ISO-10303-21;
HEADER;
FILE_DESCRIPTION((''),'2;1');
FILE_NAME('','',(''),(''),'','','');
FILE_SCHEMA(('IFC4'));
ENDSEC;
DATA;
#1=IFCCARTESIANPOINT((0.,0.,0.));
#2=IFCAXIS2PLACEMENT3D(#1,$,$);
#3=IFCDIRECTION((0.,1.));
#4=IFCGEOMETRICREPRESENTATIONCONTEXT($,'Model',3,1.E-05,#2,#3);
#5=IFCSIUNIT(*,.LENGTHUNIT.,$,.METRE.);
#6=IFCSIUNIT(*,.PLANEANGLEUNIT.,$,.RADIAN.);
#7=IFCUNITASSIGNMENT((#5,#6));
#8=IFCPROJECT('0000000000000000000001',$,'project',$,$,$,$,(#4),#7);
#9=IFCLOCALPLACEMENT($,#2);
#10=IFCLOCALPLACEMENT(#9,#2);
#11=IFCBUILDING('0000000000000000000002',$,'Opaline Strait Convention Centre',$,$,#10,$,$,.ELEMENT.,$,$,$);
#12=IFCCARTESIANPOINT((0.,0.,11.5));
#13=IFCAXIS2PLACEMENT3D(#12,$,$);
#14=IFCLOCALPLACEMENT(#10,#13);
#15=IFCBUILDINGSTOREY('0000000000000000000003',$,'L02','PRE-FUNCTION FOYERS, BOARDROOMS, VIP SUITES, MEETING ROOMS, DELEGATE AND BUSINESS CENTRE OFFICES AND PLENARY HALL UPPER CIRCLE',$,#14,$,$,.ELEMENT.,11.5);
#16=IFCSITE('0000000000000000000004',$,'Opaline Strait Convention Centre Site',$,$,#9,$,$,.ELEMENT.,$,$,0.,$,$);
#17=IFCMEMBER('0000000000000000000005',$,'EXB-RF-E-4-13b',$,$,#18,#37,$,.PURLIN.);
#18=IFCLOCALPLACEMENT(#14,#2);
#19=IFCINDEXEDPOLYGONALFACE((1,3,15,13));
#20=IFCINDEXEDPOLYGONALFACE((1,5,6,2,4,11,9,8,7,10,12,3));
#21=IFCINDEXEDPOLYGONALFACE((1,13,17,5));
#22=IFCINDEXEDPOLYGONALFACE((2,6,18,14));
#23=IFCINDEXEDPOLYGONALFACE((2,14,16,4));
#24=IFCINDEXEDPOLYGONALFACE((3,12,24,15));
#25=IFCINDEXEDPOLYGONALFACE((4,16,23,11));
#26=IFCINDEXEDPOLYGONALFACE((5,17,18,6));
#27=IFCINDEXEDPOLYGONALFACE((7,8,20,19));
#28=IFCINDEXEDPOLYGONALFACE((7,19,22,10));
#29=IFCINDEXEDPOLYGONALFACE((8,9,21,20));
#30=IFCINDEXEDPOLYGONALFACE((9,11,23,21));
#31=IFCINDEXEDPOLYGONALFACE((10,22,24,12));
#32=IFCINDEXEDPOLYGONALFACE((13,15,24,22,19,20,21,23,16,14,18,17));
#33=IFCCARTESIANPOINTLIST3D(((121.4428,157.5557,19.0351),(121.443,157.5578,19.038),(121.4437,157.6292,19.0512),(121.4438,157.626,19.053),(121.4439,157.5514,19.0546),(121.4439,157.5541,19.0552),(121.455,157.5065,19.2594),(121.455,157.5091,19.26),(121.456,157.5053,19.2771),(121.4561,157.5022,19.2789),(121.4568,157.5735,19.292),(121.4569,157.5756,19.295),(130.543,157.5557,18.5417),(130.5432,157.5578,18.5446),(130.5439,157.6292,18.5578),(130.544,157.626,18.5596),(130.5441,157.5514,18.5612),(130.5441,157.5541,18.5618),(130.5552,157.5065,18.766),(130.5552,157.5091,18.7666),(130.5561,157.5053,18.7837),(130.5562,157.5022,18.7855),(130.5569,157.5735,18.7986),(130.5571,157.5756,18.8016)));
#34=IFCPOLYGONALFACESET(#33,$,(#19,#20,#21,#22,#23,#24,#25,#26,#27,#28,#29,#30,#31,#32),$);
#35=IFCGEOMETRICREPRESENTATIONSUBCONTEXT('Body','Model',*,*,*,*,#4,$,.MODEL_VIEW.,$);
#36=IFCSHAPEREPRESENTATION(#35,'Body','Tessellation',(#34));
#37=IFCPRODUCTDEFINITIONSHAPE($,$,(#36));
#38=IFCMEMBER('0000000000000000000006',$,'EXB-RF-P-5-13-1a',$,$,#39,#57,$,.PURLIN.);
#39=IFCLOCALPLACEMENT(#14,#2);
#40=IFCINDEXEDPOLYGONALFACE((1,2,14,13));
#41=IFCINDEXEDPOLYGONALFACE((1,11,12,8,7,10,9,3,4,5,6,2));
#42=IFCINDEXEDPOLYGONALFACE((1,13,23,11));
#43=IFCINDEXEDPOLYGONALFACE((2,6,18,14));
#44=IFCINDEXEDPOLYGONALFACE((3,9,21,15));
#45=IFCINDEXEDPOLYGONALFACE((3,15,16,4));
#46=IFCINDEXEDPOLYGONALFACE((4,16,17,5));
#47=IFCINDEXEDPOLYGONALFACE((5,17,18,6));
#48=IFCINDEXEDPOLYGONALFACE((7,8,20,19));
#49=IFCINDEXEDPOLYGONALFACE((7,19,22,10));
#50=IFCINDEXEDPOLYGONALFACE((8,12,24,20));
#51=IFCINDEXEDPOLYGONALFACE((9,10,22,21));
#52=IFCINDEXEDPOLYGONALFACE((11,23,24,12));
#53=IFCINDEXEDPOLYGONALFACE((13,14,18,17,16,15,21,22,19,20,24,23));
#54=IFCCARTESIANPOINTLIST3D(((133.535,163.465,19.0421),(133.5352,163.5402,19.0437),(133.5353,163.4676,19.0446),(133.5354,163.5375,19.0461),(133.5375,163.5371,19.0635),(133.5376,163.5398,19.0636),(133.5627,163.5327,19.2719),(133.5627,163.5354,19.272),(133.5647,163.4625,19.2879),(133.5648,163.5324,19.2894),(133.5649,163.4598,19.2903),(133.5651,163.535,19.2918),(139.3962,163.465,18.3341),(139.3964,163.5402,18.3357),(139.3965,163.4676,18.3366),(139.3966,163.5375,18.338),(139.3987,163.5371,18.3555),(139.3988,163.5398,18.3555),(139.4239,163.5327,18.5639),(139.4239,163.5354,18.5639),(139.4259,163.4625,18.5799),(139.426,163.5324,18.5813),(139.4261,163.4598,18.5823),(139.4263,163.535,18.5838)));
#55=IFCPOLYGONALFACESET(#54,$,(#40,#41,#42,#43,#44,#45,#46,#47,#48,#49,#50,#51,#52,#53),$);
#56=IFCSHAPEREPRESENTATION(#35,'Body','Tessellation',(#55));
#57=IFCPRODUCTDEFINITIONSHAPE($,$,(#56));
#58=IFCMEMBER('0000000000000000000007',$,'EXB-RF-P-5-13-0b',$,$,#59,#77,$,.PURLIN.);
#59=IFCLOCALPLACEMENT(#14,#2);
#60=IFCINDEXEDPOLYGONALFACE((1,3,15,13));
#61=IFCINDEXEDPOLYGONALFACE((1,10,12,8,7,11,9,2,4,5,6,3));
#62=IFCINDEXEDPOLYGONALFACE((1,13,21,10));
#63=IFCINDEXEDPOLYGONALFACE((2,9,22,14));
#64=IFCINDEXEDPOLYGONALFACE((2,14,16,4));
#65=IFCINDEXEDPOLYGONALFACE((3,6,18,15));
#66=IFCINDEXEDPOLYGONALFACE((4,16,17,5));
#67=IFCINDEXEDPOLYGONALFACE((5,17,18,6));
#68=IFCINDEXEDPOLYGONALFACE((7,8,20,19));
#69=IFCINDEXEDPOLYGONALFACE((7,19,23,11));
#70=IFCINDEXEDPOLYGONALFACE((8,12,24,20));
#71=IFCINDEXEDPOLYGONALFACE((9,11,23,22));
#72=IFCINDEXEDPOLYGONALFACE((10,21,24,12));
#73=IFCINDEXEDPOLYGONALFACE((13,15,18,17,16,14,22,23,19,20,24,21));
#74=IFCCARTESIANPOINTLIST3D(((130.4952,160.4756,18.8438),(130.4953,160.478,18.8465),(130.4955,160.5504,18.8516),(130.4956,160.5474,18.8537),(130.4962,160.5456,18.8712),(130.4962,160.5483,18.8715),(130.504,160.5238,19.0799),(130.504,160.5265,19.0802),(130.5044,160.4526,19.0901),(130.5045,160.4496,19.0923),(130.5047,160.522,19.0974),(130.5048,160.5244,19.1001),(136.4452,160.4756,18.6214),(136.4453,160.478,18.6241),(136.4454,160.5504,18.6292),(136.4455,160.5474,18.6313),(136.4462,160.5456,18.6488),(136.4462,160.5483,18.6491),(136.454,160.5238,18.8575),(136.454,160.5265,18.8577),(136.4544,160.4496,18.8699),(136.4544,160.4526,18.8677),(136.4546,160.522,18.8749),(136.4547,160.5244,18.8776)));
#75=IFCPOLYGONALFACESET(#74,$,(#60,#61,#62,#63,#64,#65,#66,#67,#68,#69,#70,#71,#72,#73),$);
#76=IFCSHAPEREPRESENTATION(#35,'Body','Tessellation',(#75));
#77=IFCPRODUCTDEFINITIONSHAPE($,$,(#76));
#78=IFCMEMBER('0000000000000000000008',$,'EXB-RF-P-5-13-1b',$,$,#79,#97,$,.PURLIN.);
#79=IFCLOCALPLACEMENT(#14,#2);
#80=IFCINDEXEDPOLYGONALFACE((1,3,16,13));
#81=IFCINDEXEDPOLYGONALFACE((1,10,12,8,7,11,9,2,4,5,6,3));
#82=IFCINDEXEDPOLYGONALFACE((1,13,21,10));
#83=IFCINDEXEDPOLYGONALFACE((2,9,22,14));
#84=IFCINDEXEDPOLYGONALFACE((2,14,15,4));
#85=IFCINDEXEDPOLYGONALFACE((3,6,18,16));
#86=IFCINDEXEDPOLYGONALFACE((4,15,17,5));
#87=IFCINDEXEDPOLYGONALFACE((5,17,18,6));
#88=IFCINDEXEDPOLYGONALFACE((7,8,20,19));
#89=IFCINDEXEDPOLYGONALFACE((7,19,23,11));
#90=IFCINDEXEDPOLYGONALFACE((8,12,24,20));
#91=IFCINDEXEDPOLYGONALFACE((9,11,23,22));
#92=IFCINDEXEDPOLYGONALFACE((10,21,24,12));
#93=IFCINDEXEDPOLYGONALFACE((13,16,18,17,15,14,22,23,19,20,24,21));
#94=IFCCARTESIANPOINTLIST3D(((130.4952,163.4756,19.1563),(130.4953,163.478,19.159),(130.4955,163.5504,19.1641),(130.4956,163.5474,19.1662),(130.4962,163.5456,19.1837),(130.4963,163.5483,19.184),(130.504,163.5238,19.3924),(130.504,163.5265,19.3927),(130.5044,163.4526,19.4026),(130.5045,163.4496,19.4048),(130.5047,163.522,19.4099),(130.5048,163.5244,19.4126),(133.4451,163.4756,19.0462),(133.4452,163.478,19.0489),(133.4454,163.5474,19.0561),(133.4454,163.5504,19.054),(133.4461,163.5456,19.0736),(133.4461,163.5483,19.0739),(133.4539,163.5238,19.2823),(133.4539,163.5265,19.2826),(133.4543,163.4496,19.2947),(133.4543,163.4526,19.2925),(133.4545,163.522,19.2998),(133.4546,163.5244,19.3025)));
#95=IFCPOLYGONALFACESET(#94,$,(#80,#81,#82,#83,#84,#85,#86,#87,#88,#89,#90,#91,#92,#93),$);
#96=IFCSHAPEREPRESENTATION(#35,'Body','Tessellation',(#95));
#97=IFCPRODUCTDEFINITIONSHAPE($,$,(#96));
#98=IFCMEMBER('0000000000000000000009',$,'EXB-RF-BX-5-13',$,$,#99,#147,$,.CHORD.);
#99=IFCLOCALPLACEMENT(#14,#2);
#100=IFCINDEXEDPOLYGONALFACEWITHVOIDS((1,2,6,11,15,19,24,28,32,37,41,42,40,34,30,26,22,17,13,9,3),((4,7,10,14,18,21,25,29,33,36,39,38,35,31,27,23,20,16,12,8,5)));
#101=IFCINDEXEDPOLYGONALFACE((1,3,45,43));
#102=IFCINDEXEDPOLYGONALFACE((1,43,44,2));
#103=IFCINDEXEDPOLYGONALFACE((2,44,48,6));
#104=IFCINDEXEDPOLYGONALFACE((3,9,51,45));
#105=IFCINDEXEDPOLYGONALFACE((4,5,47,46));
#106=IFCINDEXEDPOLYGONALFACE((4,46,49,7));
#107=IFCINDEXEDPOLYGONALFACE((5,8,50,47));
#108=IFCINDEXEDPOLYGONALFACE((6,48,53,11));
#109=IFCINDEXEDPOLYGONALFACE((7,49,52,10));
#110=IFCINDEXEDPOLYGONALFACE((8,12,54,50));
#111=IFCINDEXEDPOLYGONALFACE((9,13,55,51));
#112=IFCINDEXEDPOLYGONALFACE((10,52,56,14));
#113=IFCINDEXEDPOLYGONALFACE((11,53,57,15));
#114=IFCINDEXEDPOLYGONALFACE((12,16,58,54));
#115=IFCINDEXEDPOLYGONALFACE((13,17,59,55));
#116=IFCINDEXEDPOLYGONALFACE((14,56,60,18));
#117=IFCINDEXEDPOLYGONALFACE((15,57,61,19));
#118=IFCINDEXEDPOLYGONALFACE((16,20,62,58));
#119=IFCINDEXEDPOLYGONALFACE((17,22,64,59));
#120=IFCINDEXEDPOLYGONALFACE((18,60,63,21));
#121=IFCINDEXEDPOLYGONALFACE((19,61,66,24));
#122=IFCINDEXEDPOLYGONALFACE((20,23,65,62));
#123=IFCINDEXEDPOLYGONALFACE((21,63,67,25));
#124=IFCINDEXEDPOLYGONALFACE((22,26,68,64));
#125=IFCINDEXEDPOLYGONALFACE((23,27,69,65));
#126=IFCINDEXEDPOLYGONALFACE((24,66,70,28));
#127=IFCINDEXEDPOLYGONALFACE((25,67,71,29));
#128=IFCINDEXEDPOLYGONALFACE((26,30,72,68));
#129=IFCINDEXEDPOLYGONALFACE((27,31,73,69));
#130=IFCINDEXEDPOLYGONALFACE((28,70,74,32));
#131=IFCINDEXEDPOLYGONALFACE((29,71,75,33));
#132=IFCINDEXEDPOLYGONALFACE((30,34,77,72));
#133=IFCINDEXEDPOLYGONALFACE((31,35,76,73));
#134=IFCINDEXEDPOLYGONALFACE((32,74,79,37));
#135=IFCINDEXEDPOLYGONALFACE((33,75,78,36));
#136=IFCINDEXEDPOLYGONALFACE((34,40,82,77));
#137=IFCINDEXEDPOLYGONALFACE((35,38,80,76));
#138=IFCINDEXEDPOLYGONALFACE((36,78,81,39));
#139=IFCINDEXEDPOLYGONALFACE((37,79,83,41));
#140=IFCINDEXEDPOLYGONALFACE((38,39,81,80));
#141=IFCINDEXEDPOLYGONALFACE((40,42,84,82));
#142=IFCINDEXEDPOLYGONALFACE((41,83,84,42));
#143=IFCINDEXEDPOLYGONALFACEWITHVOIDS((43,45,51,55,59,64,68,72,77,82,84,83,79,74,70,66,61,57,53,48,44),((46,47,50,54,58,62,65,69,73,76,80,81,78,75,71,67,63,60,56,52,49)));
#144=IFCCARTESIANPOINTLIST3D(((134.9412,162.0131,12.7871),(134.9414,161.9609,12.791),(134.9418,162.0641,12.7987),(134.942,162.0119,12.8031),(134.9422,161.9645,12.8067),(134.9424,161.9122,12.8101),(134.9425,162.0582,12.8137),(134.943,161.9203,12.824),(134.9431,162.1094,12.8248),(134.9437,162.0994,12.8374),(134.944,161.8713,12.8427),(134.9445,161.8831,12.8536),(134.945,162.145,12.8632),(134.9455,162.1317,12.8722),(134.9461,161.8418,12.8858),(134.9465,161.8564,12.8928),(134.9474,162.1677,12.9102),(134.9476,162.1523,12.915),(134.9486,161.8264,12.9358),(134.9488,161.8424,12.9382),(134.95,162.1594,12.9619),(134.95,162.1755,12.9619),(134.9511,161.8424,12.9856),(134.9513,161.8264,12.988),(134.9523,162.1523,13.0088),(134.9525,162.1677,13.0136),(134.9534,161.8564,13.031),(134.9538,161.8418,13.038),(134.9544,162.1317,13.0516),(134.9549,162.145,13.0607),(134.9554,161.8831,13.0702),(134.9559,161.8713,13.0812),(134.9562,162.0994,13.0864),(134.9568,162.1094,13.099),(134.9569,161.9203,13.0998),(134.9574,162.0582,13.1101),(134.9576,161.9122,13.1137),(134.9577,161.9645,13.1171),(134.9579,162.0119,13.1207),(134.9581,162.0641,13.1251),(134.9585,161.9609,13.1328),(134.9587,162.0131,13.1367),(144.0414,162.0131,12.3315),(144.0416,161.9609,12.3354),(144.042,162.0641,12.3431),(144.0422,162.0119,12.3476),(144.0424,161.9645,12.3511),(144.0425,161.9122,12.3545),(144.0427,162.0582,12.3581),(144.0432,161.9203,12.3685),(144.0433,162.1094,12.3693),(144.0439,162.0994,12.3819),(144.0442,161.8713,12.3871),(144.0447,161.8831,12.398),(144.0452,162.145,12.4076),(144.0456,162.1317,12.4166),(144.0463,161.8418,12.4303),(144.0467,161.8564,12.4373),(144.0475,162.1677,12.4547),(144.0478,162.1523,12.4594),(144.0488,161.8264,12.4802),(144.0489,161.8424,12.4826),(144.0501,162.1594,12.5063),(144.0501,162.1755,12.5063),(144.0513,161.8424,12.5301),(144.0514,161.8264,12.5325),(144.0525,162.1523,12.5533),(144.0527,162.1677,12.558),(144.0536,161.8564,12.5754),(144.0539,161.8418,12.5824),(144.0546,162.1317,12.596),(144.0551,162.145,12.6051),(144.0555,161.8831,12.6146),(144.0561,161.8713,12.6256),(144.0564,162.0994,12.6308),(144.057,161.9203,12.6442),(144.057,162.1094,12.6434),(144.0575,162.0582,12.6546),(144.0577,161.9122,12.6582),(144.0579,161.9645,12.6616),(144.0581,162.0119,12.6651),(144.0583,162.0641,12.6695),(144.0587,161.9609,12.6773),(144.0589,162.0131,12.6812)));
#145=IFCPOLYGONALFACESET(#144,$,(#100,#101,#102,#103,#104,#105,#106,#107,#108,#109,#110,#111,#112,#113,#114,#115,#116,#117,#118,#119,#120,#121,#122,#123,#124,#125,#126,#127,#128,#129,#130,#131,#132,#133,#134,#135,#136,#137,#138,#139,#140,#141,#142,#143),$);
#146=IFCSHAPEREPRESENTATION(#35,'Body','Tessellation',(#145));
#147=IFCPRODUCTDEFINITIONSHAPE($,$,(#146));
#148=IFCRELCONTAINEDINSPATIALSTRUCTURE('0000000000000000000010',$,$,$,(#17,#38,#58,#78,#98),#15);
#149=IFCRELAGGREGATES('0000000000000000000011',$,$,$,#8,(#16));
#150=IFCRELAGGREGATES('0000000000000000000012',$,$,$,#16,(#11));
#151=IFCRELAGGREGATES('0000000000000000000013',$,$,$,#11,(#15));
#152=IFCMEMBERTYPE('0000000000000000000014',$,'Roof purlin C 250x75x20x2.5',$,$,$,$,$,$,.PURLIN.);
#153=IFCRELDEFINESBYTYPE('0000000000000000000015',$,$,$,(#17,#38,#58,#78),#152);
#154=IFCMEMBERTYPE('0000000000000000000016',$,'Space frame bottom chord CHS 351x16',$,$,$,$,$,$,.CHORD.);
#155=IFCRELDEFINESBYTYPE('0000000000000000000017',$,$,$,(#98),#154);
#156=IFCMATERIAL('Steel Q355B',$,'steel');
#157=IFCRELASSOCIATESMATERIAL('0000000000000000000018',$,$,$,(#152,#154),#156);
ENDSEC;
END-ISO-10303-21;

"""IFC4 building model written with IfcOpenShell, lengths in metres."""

from ifc_helpers import new_model, si_unit, direction, frame, origin, origin_2d, place, context, subcontext, project, spatial, polyline, hollow_circle, outline, extrude, material, material_profile, profile_set, type_object, element, save


model = new_model("IFC4")

# Units and contexts
model_context = context("Model", 3, precision=1e-05, world=origin(), true_north=direction((0.0, 1.0)))
body_context = subcontext(model_context, "Body", "Model", "MODEL_VIEW")
ifc_project = project(units=[si_unit("LENGTHUNIT", "METRE"), si_unit("PLANEANGLEUNIT", "RADIAN")], contexts=[model_context])

# Site, building, storey
site_placement = place(None, origin())
site = spatial("IfcSite", under=ifc_project, at=site_placement, Name="Opaline Strait Convention Centre Site", CompositionType="ELEMENT", RefElevation=0.0)
building_placement = place(site_placement, origin())
building = spatial("IfcBuilding", under=site, at=building_placement, Name="Opaline Strait Convention Centre", CompositionType="ELEMENT")
storey_placement = place(building_placement, frame((0.0, 0.0, 11.5)))
storey = spatial("IfcBuildingStorey", under=building, at=storey_placement, Name="L02", Description="PRE-FUNCTION FOYERS, BOARDROOMS, VIP SUITES, MEETING ROOMS, DELEGATE AND BUSINESS CENTRE OFFICES AND PLENARY HALL UPPER CIRCLE", CompositionType="ELEMENT", Elevation=11.5)

# Members
ifc_material_1 = material(Name="Steel Q355B", Category="steel")
ifc_material_profile_1 = material_profile(ifc_material_1, outline(polyline([(-0.0376, -0.125), (0.0376, -0.125), (0.0376, -0.105), (0.0349, -0.105), (0.0349, -0.1226), (-0.0349, -0.1226), (-0.0349, 0.1226), (0.0349, 0.1226), (0.0349, 0.105), (0.0376, 0.105), (0.0376, 0.125), (-0.0376, 0.125), (-0.0376, -0.125)])), Name="C 250x75x20x2.5")
ifc_profile_set_1 = profile_set([ifc_material_profile_1], Name="Steel Q355B")
member_type_1 = type_object("IfcMemberType", Name="Roof purlin C 250x75x20x2.5", PredefinedType="PURLIN", material=ifc_profile_set_1)
member_1_placement = place(storey_placement, frame((130.55, 157.5657, 18.6716), z_axis=(-0.998533, 0.0, 0.054141), x_axis=(-0.011602, -0.976768, -0.213986)))
element("IfcMember", 1, at=member_1_placement, inside=storey, type_object=member_type_1, Name="EXB-RF-E-4-13b", PredefinedType="PURLIN", context=body_context, shape_type="SweptSolid", body=[
    extrude(outline(polyline([(-0.0376, -0.125), (0.0376, -0.125), (0.0376, -0.105), (0.0349, -0.105), (0.0349, -0.1226), (-0.0349, -0.1226), (-0.0349, 0.1226), (0.0349, 0.1226), (0.0349, 0.105), (0.0376, 0.105), (0.0376, 0.125), (-0.0376, 0.125), (-0.0376, -0.125)])), origin(), (0.0, 0.0, 1.0), 9.1135),
])
member_2_placement = place(storey_placement, frame((133.55, 163.5, 19.167), z_axis=(0.992783, 0.0, -0.119926), x_axis=(0.002494, 0.999784, 0.020649)))
element("IfcMember", 2, at=member_2_placement, inside=storey, type_object=member_type_1, Name="EXB-RF-P-5-13-1a", PredefinedType="PURLIN", context=body_context, shape_type="SweptSolid", body=[
    extrude(outline(polyline([(-0.0376, -0.125), (0.0376, -0.125), (0.0376, -0.105), (0.0349, -0.105), (0.0349, -0.1226), (-0.0349, -0.1226), (-0.0349, 0.1226), (0.0349, 0.1226), (0.0349, 0.105), (0.0376, 0.105), (0.0376, 0.125), (-0.0376, 0.125), (-0.0376, -0.125)])), origin(), (0.0, 0.0, 1.0), 5.9038),
])
member_3_placement = place(storey_placement, frame((130.5, 160.5, 18.9719), z_axis=(0.999302, 0.0, -0.037354), x_axis=(0.003872, 0.994613, 0.103586)))
element("IfcMember", 3, at=member_3_placement, inside=storey, type_object=member_type_1, Name="EXB-RF-P-5-13-0b", PredefinedType="PURLIN", context=body_context, shape_type="SweptSolid", body=[
    extrude(outline(polyline([(-0.0376, -0.125), (0.0376, -0.125), (0.0376, -0.105), (0.0349, -0.105), (0.0349, -0.1226), (-0.0349, -0.1226), (-0.0349, 0.1226), (0.0349, 0.1226), (0.0349, 0.105), (0.0376, 0.105), (0.0376, 0.125), (-0.0376, 0.125), (-0.0376, -0.125)])), origin(), (0.0, 0.0, 1.0), 5.9541),
])
member_4_placement = place(storey_placement, frame((130.5, 163.5, 19.2844), z_axis=(0.999304, 0.0, -0.037299), x_axis=(0.003866, 0.994613, 0.103587)))
element("IfcMember", 4, at=member_4_placement, inside=storey, type_object=member_type_1, Name="EXB-RF-P-5-13-1b", PredefinedType="PURLIN", context=body_context, shape_type="SweptSolid", body=[
    extrude(outline(polyline([(-0.0376, -0.125), (0.0376, -0.125), (0.0376, -0.105), (0.0349, -0.105), (0.0349, -0.1226), (-0.0349, -0.1226), (-0.0349, 0.1226), (0.0349, 0.1226), (0.0349, 0.105), (0.0376, 0.105), (0.0376, 0.125), (-0.0376, 0.125), (-0.0376, -0.125)])), origin(), (0.0, 0.0, 1.0), 2.9519),
])
ifc_material_profile_2 = material_profile(ifc_material_1, hollow_circle(Radius=0.1755, WallThickness=0.0161, at=origin_2d()), Name="CHS 351x16")
ifc_profile_set_2 = profile_set([ifc_material_profile_2], Name="Steel Q355B")
member_type_2 = type_object("IfcMemberType", Name="Space frame bottom chord CHS 351x16", PredefinedType="CHORD", material=ifc_profile_set_2)
member_5_placement = place(storey_placement, frame((134.95, 162.0, 12.9619), z_axis=(0.998749, 0.0, -0.049999), x_axis=(0.0, 1.0, 0.0)))
element("IfcMember", 5, at=member_5_placement, inside=storey, type_object=member_type_2, Name="EXB-RF-BX-5-13", PredefinedType="CHORD", context=body_context, shape_type="SweptSolid", body=[
    extrude(hollow_circle(Radius=0.1755, WallThickness=0.0161, at=origin_2d()), origin(), (0.0, 0.0, 1.0), 9.1116),
])

save(model, "model.ifc")
